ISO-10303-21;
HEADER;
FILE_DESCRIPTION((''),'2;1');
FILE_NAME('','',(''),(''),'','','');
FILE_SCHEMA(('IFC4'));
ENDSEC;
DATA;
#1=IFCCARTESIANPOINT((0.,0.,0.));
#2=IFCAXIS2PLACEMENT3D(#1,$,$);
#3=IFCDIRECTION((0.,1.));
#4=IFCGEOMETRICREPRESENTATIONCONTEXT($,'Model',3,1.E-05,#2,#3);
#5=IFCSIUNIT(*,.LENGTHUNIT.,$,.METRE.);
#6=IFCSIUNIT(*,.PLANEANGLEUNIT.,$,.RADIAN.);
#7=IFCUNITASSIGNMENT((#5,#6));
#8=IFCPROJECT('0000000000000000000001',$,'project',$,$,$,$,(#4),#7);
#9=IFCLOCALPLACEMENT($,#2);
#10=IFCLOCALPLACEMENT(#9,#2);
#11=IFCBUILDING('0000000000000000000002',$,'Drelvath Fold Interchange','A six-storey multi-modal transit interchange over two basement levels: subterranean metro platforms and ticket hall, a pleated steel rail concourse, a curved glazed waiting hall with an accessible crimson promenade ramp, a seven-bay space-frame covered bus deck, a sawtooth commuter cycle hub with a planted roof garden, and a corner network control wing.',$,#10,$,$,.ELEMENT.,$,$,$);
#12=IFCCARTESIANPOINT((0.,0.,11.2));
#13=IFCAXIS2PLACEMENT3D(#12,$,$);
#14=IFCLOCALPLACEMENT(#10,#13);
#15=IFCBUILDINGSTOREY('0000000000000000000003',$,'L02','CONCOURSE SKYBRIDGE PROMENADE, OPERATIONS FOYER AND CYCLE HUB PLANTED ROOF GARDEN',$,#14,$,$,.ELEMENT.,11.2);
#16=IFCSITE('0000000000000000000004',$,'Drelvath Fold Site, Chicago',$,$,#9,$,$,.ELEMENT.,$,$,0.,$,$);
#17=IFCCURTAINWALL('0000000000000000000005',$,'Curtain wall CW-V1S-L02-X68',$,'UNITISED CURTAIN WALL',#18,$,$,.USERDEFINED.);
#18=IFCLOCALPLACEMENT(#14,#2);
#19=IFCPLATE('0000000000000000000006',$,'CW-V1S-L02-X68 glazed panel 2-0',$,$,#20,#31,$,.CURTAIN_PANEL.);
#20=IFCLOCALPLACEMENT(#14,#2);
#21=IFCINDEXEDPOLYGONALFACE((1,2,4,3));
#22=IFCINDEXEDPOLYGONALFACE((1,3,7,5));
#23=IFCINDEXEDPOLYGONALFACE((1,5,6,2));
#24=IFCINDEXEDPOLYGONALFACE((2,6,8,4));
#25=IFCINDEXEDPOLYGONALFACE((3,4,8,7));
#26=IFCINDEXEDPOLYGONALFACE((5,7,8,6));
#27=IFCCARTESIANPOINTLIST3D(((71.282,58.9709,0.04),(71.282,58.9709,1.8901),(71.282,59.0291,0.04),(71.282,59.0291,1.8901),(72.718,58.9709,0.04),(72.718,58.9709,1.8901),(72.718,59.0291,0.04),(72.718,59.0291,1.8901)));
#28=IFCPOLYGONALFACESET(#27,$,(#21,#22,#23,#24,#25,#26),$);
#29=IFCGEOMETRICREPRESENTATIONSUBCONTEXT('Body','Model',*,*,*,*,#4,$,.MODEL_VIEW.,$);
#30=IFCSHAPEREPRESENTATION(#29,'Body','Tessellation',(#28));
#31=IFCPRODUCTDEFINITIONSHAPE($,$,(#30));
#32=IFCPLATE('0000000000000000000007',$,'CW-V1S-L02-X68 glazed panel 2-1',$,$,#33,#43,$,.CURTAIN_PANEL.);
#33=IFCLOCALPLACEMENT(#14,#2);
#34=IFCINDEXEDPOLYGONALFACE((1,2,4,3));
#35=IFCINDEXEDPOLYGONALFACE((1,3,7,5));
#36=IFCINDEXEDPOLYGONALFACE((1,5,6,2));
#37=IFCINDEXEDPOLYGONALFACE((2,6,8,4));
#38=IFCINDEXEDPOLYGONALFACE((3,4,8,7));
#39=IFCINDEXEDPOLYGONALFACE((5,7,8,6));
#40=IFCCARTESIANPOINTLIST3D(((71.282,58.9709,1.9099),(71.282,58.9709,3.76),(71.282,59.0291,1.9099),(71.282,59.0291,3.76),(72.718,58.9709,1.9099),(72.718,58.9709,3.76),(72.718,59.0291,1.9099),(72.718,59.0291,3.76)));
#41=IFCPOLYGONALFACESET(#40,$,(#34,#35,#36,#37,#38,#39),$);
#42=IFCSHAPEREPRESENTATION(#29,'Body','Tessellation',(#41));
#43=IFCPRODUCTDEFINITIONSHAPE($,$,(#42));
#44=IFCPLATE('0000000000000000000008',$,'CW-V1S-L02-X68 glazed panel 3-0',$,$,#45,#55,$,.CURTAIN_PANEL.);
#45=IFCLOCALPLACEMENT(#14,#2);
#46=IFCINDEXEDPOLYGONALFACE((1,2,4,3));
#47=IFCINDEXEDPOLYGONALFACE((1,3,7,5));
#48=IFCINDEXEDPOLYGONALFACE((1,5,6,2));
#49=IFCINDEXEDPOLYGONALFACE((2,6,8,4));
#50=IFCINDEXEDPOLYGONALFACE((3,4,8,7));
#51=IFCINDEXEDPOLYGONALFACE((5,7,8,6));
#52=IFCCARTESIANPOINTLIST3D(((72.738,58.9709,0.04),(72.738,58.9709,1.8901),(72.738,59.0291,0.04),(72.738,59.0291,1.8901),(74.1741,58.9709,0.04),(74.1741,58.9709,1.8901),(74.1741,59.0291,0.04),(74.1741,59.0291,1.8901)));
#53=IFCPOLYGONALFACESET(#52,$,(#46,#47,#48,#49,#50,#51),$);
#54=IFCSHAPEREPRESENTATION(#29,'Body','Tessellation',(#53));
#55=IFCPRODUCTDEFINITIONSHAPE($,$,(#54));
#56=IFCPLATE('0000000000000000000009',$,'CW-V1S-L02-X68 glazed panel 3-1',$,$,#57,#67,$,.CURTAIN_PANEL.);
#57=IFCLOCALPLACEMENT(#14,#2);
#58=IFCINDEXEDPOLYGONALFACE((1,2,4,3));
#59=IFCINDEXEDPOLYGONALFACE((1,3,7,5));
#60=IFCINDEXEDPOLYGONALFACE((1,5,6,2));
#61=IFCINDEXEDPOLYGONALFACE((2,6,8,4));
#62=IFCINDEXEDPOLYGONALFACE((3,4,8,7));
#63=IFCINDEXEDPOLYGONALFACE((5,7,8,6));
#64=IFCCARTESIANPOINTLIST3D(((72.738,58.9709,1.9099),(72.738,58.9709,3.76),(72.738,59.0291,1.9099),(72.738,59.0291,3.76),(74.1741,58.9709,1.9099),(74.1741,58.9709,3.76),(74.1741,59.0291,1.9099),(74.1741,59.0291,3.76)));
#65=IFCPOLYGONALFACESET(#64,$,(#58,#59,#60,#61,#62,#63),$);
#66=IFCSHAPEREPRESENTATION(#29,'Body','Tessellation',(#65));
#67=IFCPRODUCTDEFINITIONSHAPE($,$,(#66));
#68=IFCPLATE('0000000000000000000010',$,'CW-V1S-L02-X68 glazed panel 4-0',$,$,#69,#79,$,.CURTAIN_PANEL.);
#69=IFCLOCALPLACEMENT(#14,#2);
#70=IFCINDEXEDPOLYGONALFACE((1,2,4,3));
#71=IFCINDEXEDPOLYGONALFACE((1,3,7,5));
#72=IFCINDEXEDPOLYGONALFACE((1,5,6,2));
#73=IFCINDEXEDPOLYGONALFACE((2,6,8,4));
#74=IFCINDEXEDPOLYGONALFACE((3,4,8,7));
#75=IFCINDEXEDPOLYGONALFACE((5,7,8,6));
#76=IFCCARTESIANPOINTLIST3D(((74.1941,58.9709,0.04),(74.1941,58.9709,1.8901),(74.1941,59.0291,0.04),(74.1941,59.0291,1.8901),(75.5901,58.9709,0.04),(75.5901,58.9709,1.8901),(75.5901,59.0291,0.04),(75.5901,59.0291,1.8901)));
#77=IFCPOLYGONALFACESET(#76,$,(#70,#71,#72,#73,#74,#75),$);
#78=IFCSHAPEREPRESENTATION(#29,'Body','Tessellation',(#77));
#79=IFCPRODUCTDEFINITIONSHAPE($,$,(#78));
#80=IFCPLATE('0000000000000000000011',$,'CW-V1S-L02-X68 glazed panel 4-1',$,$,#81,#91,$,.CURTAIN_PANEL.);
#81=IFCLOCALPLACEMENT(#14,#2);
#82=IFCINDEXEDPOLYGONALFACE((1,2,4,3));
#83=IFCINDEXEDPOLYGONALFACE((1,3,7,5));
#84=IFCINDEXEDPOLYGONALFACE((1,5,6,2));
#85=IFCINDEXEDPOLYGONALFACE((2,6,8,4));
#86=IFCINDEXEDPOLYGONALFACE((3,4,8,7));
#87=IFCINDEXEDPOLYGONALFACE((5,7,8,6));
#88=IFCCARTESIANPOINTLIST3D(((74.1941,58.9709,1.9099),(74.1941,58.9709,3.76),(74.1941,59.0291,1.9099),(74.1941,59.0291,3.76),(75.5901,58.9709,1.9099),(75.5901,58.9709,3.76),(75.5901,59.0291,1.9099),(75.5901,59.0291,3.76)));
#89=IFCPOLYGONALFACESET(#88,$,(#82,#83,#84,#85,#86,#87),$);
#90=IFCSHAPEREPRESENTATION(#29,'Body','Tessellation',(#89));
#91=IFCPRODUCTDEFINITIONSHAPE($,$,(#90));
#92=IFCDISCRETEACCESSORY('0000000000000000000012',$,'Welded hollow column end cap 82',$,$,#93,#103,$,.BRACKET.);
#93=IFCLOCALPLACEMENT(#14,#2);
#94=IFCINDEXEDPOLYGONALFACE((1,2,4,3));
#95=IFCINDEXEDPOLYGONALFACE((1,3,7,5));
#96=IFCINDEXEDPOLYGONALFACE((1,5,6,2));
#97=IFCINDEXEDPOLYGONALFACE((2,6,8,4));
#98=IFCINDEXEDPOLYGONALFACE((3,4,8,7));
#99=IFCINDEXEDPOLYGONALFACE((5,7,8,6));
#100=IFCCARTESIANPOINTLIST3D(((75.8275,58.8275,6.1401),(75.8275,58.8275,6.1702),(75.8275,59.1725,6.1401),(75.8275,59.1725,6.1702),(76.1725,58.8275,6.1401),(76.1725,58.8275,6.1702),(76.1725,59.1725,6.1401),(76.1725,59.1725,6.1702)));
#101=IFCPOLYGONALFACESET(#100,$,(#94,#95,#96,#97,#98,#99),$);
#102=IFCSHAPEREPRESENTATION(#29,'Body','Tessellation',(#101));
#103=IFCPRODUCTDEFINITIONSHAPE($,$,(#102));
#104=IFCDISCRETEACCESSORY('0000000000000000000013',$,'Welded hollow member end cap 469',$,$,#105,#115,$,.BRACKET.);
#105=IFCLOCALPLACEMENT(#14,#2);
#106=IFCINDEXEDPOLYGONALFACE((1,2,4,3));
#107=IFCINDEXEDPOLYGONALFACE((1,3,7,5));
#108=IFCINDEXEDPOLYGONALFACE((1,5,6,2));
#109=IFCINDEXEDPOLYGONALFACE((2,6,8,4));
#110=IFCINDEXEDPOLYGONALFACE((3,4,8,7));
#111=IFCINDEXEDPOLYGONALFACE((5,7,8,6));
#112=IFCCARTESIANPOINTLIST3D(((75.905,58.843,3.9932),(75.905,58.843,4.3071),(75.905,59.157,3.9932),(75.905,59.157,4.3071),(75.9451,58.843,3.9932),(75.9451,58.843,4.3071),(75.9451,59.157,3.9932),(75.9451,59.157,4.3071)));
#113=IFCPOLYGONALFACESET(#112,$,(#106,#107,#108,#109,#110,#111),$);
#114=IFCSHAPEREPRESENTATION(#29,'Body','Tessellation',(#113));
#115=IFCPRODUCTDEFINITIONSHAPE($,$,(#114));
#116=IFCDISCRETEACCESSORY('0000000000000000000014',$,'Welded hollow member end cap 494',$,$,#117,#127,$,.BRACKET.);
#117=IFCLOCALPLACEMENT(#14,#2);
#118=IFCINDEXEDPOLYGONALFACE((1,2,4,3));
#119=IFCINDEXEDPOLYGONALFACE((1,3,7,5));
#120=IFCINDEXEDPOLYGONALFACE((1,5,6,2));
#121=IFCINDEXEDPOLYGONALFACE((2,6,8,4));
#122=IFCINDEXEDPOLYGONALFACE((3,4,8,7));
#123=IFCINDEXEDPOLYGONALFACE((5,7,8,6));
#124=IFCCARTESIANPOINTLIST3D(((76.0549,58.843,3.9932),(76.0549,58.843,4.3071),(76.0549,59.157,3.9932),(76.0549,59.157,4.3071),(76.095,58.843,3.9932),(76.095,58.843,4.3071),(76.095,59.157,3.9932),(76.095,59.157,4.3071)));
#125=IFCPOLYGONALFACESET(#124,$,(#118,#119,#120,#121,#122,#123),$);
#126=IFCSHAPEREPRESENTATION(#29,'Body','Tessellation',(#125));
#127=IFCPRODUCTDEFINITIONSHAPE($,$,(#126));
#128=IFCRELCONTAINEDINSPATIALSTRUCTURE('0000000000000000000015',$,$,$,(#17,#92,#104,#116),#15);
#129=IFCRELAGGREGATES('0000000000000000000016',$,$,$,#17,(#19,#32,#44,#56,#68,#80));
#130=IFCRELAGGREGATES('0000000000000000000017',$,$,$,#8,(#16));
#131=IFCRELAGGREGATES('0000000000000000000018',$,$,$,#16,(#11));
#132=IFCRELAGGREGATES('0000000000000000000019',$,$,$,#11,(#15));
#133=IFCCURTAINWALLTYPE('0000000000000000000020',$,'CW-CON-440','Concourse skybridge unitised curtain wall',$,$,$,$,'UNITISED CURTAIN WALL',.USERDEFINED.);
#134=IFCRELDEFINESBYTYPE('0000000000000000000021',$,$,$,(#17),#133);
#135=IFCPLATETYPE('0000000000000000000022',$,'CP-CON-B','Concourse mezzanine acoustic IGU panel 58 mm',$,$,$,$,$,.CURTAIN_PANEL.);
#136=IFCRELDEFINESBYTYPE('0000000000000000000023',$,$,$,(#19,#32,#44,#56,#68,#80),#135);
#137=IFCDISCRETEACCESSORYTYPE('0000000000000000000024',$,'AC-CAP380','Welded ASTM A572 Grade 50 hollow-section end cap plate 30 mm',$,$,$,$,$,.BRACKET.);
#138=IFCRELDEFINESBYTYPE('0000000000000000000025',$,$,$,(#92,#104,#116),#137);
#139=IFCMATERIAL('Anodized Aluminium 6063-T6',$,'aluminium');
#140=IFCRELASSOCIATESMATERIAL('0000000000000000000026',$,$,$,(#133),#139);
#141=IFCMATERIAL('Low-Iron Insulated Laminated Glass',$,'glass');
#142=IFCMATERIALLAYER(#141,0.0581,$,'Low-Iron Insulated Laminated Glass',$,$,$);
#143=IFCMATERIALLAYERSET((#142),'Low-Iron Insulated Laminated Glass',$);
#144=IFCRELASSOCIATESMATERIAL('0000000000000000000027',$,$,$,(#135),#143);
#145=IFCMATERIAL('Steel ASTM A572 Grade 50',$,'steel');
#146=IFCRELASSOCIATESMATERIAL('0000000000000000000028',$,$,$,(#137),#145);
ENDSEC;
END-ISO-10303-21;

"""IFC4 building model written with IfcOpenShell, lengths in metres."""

from ifc_helpers import new_model, si_unit, direction, frame, origin, origin_2d, place, context, subcontext, project, spatial, rectangle, extrude, material, layer, layer_set, type_object, element, aggregate, save


model = new_model("IFC4")

# Units and contexts
model_context = context("Model", 3, precision=1e-05, world=origin(), true_north=direction((0.0, 1.0)))
body_context = subcontext(model_context, "Body", "Model", "MODEL_VIEW")
ifc_project = project(units=[si_unit("LENGTHUNIT", "METRE"), si_unit("PLANEANGLEUNIT", "RADIAN")], contexts=[model_context])

# Site, building, storey
site_placement = place(None, origin())
site = spatial("IfcSite", under=ifc_project, at=site_placement, Name="Drelvath Fold Site, Chicago", CompositionType="ELEMENT", RefElevation=0.0)
building_placement = place(site_placement, origin())
building = spatial("IfcBuilding", under=site, at=building_placement, Name="Drelvath Fold Interchange", Description="A six-storey multi-modal transit interchange over two basement levels: subterranean metro platforms and ticket hall, a pleated steel rail concourse, a curved glazed waiting hall with an accessible crimson promenade ramp, a seven-bay space-frame covered bus deck, a sawtooth commuter cycle hub with a planted roof garden, and a corner network control wing.", CompositionType="ELEMENT")
storey_placement = place(building_placement, frame((0.0, 0.0, 11.2)))
storey = spatial("IfcBuildingStorey", under=building, at=storey_placement, Name="L02", Description="CONCOURSE SKYBRIDGE PROMENADE, OPERATIONS FOYER AND CYCLE HUB PLANTED ROOF GARDEN", CompositionType="ELEMENT", Elevation=11.2)

# Curtain wall, plates
ifc_material_1 = material(Name="Anodized Aluminium 6063-T6", Category="aluminium")
curtain_wall_type = type_object("IfcCurtainWallType", Name="CW-CON-440", Description="Concourse skybridge unitised curtain wall", ElementType="UNITISED CURTAIN WALL", PredefinedType="USERDEFINED", material=ifc_material_1)
curtain_wall_placement = place(storey_placement, origin())
curtain_wall = element("IfcCurtainWall", 1, at=curtain_wall_placement, inside=storey, type_object=curtain_wall_type, Name="Curtain wall CW-V1S-L02-X68", ObjectType="UNITISED CURTAIN WALL", PredefinedType="USERDEFINED")
ifc_material_2 = material(Name="Low-Iron Insulated Laminated Glass", Category="glass")
ifc_layer = layer(ifc_material_2, 0.0581, Name="Low-Iron Insulated Laminated Glass")
ifc_layer_set = layer_set([ifc_layer], Name="Low-Iron Insulated Laminated Glass")
plate_type = type_object("IfcPlateType", Name="CP-CON-B", Description="Concourse mezzanine acoustic IGU panel 58 mm", PredefinedType="CURTAIN_PANEL", material=ifc_layer_set)
plate_1_placement = place(storey_placement, frame((72.0, 59.0, 0.04), z_axis=(0.0, 0.0, 1.0), x_axis=(1.0, 0.0, 0.0)))
plate_1 = element("IfcPlate", 2, at=plate_1_placement, type_object=plate_type, Name="CW-V1S-L02-X68 glazed panel 2-0", PredefinedType="CURTAIN_PANEL", context=body_context, shape_type="SweptSolid", body=[
    extrude(rectangle(XDim=1.436, YDim=0.0581, at=origin_2d()), origin(), (0.0, 0.0, 1.0), 1.8501),
])
plate_2_placement = place(storey_placement, frame((72.0, 59.0, 1.9099), z_axis=(0.0, 0.0, 1.0), x_axis=(1.0, 0.0, 0.0)))
plate_2 = element("IfcPlate", 3, at=plate_2_placement, type_object=plate_type, Name="CW-V1S-L02-X68 glazed panel 2-1", PredefinedType="CURTAIN_PANEL", context=body_context, shape_type="SweptSolid", body=[
    extrude(rectangle(XDim=1.436, YDim=0.0581, at=origin_2d()), origin(), (0.0, 0.0, 1.0), 1.8501),
])
plate_3_placement = place(storey_placement, frame((73.4561, 59.0, 0.04), z_axis=(0.0, 0.0, 1.0), x_axis=(1.0, 0.0, 0.0)))
plate_3 = element("IfcPlate", 4, at=plate_3_placement, type_object=plate_type, Name="CW-V1S-L02-X68 glazed panel 3-0", PredefinedType="CURTAIN_PANEL", context=body_context, shape_type="SweptSolid", body=[
    extrude(rectangle(XDim=1.436, YDim=0.0581, at=origin_2d()), origin(), (0.0, 0.0, 1.0), 1.8501),
])
plate_4_placement = place(storey_placement, frame((73.4561, 59.0, 1.9099), z_axis=(0.0, 0.0, 1.0), x_axis=(1.0, 0.0, 0.0)))
plate_4 = element("IfcPlate", 5, at=plate_4_placement, type_object=plate_type, Name="CW-V1S-L02-X68 glazed panel 3-1", PredefinedType="CURTAIN_PANEL", context=body_context, shape_type="SweptSolid", body=[
    extrude(rectangle(XDim=1.436, YDim=0.0581, at=origin_2d()), origin(), (0.0, 0.0, 1.0), 1.8501),
])
plate_5_placement = place(storey_placement, frame((74.8921, 59.0, 0.04), z_axis=(0.0, 0.0, 1.0), x_axis=(1.0, 0.0, 0.0)))
plate_5 = element("IfcPlate", 6, at=plate_5_placement, type_object=plate_type, Name="CW-V1S-L02-X68 glazed panel 4-0", PredefinedType="CURTAIN_PANEL", context=body_context, shape_type="SweptSolid", body=[
    extrude(rectangle(XDim=1.396, YDim=0.0581, at=origin_2d()), origin(), (0.0, 0.0, 1.0), 1.8501),
])
plate_6_placement = place(storey_placement, frame((74.8921, 59.0, 1.9099), z_axis=(0.0, 0.0, 1.0), x_axis=(1.0, 0.0, 0.0)))
plate_6 = element("IfcPlate", 7, at=plate_6_placement, type_object=plate_type, Name="CW-V1S-L02-X68 glazed panel 4-1", PredefinedType="CURTAIN_PANEL", context=body_context, shape_type="SweptSolid", body=[
    extrude(rectangle(XDim=1.396, YDim=0.0581, at=origin_2d()), origin(), (0.0, 0.0, 1.0), 1.8501),
])
aggregate(curtain_wall, [plate_1, plate_2, plate_3, plate_4, plate_5, plate_6])

# Discrete accessories
ifc_material_3 = material(Name="Steel ASTM A572 Grade 50", Category="steel")
discrete_accessory_type = type_object("IfcDiscreteAccessoryType", Name="AC-CAP380", Description="Welded ASTM A572 Grade 50 hollow-section end cap plate 30 mm", PredefinedType="BRACKET", material=ifc_material_3)
discrete_accessory_placement = place(storey_placement, frame((76.0, 59.0, 6.1401), z_axis=(0.0, 0.0, 1.0), x_axis=(1.0, 0.0, 0.0)))
element("IfcDiscreteAccessory", 8, at=discrete_accessory_placement, inside=storey, type_object=discrete_accessory_type, Name="Welded hollow column end cap 82", PredefinedType="BRACKET", context=body_context, shape_type="SweptSolid", body=[
    extrude(rectangle(XDim=0.345, YDim=0.345, at=origin_2d()), origin(), (0.0, 0.0, 1.0), 0.03),
])
for number, where, z_axis, x_axis, name in (
    (9, (75.925, 59.0, 3.9932), (0.0, 0.0, 1.0), (1.0, 0.0, 0.0), "Welded hollow member end cap 469"),
    (10, (76.075, 59.0, 3.9932), (0.0, 0.0, 1.0), (1.0, 0.0, 0.0), "Welded hollow member end cap 494"),
):
    element("IfcDiscreteAccessory", number, at=place(storey_placement, frame(where, z_axis=z_axis, x_axis=x_axis)), inside=storey, type_object=discrete_accessory_type, Name=name, PredefinedType="BRACKET", context=body_context, shape_type="SweptSolid", body=[
        extrude(rectangle(XDim=0.04, YDim=0.314, at=origin_2d()), origin(), (0.0, 0.0, 1.0), 0.314),
    ])

save(model, "model.ifc")
